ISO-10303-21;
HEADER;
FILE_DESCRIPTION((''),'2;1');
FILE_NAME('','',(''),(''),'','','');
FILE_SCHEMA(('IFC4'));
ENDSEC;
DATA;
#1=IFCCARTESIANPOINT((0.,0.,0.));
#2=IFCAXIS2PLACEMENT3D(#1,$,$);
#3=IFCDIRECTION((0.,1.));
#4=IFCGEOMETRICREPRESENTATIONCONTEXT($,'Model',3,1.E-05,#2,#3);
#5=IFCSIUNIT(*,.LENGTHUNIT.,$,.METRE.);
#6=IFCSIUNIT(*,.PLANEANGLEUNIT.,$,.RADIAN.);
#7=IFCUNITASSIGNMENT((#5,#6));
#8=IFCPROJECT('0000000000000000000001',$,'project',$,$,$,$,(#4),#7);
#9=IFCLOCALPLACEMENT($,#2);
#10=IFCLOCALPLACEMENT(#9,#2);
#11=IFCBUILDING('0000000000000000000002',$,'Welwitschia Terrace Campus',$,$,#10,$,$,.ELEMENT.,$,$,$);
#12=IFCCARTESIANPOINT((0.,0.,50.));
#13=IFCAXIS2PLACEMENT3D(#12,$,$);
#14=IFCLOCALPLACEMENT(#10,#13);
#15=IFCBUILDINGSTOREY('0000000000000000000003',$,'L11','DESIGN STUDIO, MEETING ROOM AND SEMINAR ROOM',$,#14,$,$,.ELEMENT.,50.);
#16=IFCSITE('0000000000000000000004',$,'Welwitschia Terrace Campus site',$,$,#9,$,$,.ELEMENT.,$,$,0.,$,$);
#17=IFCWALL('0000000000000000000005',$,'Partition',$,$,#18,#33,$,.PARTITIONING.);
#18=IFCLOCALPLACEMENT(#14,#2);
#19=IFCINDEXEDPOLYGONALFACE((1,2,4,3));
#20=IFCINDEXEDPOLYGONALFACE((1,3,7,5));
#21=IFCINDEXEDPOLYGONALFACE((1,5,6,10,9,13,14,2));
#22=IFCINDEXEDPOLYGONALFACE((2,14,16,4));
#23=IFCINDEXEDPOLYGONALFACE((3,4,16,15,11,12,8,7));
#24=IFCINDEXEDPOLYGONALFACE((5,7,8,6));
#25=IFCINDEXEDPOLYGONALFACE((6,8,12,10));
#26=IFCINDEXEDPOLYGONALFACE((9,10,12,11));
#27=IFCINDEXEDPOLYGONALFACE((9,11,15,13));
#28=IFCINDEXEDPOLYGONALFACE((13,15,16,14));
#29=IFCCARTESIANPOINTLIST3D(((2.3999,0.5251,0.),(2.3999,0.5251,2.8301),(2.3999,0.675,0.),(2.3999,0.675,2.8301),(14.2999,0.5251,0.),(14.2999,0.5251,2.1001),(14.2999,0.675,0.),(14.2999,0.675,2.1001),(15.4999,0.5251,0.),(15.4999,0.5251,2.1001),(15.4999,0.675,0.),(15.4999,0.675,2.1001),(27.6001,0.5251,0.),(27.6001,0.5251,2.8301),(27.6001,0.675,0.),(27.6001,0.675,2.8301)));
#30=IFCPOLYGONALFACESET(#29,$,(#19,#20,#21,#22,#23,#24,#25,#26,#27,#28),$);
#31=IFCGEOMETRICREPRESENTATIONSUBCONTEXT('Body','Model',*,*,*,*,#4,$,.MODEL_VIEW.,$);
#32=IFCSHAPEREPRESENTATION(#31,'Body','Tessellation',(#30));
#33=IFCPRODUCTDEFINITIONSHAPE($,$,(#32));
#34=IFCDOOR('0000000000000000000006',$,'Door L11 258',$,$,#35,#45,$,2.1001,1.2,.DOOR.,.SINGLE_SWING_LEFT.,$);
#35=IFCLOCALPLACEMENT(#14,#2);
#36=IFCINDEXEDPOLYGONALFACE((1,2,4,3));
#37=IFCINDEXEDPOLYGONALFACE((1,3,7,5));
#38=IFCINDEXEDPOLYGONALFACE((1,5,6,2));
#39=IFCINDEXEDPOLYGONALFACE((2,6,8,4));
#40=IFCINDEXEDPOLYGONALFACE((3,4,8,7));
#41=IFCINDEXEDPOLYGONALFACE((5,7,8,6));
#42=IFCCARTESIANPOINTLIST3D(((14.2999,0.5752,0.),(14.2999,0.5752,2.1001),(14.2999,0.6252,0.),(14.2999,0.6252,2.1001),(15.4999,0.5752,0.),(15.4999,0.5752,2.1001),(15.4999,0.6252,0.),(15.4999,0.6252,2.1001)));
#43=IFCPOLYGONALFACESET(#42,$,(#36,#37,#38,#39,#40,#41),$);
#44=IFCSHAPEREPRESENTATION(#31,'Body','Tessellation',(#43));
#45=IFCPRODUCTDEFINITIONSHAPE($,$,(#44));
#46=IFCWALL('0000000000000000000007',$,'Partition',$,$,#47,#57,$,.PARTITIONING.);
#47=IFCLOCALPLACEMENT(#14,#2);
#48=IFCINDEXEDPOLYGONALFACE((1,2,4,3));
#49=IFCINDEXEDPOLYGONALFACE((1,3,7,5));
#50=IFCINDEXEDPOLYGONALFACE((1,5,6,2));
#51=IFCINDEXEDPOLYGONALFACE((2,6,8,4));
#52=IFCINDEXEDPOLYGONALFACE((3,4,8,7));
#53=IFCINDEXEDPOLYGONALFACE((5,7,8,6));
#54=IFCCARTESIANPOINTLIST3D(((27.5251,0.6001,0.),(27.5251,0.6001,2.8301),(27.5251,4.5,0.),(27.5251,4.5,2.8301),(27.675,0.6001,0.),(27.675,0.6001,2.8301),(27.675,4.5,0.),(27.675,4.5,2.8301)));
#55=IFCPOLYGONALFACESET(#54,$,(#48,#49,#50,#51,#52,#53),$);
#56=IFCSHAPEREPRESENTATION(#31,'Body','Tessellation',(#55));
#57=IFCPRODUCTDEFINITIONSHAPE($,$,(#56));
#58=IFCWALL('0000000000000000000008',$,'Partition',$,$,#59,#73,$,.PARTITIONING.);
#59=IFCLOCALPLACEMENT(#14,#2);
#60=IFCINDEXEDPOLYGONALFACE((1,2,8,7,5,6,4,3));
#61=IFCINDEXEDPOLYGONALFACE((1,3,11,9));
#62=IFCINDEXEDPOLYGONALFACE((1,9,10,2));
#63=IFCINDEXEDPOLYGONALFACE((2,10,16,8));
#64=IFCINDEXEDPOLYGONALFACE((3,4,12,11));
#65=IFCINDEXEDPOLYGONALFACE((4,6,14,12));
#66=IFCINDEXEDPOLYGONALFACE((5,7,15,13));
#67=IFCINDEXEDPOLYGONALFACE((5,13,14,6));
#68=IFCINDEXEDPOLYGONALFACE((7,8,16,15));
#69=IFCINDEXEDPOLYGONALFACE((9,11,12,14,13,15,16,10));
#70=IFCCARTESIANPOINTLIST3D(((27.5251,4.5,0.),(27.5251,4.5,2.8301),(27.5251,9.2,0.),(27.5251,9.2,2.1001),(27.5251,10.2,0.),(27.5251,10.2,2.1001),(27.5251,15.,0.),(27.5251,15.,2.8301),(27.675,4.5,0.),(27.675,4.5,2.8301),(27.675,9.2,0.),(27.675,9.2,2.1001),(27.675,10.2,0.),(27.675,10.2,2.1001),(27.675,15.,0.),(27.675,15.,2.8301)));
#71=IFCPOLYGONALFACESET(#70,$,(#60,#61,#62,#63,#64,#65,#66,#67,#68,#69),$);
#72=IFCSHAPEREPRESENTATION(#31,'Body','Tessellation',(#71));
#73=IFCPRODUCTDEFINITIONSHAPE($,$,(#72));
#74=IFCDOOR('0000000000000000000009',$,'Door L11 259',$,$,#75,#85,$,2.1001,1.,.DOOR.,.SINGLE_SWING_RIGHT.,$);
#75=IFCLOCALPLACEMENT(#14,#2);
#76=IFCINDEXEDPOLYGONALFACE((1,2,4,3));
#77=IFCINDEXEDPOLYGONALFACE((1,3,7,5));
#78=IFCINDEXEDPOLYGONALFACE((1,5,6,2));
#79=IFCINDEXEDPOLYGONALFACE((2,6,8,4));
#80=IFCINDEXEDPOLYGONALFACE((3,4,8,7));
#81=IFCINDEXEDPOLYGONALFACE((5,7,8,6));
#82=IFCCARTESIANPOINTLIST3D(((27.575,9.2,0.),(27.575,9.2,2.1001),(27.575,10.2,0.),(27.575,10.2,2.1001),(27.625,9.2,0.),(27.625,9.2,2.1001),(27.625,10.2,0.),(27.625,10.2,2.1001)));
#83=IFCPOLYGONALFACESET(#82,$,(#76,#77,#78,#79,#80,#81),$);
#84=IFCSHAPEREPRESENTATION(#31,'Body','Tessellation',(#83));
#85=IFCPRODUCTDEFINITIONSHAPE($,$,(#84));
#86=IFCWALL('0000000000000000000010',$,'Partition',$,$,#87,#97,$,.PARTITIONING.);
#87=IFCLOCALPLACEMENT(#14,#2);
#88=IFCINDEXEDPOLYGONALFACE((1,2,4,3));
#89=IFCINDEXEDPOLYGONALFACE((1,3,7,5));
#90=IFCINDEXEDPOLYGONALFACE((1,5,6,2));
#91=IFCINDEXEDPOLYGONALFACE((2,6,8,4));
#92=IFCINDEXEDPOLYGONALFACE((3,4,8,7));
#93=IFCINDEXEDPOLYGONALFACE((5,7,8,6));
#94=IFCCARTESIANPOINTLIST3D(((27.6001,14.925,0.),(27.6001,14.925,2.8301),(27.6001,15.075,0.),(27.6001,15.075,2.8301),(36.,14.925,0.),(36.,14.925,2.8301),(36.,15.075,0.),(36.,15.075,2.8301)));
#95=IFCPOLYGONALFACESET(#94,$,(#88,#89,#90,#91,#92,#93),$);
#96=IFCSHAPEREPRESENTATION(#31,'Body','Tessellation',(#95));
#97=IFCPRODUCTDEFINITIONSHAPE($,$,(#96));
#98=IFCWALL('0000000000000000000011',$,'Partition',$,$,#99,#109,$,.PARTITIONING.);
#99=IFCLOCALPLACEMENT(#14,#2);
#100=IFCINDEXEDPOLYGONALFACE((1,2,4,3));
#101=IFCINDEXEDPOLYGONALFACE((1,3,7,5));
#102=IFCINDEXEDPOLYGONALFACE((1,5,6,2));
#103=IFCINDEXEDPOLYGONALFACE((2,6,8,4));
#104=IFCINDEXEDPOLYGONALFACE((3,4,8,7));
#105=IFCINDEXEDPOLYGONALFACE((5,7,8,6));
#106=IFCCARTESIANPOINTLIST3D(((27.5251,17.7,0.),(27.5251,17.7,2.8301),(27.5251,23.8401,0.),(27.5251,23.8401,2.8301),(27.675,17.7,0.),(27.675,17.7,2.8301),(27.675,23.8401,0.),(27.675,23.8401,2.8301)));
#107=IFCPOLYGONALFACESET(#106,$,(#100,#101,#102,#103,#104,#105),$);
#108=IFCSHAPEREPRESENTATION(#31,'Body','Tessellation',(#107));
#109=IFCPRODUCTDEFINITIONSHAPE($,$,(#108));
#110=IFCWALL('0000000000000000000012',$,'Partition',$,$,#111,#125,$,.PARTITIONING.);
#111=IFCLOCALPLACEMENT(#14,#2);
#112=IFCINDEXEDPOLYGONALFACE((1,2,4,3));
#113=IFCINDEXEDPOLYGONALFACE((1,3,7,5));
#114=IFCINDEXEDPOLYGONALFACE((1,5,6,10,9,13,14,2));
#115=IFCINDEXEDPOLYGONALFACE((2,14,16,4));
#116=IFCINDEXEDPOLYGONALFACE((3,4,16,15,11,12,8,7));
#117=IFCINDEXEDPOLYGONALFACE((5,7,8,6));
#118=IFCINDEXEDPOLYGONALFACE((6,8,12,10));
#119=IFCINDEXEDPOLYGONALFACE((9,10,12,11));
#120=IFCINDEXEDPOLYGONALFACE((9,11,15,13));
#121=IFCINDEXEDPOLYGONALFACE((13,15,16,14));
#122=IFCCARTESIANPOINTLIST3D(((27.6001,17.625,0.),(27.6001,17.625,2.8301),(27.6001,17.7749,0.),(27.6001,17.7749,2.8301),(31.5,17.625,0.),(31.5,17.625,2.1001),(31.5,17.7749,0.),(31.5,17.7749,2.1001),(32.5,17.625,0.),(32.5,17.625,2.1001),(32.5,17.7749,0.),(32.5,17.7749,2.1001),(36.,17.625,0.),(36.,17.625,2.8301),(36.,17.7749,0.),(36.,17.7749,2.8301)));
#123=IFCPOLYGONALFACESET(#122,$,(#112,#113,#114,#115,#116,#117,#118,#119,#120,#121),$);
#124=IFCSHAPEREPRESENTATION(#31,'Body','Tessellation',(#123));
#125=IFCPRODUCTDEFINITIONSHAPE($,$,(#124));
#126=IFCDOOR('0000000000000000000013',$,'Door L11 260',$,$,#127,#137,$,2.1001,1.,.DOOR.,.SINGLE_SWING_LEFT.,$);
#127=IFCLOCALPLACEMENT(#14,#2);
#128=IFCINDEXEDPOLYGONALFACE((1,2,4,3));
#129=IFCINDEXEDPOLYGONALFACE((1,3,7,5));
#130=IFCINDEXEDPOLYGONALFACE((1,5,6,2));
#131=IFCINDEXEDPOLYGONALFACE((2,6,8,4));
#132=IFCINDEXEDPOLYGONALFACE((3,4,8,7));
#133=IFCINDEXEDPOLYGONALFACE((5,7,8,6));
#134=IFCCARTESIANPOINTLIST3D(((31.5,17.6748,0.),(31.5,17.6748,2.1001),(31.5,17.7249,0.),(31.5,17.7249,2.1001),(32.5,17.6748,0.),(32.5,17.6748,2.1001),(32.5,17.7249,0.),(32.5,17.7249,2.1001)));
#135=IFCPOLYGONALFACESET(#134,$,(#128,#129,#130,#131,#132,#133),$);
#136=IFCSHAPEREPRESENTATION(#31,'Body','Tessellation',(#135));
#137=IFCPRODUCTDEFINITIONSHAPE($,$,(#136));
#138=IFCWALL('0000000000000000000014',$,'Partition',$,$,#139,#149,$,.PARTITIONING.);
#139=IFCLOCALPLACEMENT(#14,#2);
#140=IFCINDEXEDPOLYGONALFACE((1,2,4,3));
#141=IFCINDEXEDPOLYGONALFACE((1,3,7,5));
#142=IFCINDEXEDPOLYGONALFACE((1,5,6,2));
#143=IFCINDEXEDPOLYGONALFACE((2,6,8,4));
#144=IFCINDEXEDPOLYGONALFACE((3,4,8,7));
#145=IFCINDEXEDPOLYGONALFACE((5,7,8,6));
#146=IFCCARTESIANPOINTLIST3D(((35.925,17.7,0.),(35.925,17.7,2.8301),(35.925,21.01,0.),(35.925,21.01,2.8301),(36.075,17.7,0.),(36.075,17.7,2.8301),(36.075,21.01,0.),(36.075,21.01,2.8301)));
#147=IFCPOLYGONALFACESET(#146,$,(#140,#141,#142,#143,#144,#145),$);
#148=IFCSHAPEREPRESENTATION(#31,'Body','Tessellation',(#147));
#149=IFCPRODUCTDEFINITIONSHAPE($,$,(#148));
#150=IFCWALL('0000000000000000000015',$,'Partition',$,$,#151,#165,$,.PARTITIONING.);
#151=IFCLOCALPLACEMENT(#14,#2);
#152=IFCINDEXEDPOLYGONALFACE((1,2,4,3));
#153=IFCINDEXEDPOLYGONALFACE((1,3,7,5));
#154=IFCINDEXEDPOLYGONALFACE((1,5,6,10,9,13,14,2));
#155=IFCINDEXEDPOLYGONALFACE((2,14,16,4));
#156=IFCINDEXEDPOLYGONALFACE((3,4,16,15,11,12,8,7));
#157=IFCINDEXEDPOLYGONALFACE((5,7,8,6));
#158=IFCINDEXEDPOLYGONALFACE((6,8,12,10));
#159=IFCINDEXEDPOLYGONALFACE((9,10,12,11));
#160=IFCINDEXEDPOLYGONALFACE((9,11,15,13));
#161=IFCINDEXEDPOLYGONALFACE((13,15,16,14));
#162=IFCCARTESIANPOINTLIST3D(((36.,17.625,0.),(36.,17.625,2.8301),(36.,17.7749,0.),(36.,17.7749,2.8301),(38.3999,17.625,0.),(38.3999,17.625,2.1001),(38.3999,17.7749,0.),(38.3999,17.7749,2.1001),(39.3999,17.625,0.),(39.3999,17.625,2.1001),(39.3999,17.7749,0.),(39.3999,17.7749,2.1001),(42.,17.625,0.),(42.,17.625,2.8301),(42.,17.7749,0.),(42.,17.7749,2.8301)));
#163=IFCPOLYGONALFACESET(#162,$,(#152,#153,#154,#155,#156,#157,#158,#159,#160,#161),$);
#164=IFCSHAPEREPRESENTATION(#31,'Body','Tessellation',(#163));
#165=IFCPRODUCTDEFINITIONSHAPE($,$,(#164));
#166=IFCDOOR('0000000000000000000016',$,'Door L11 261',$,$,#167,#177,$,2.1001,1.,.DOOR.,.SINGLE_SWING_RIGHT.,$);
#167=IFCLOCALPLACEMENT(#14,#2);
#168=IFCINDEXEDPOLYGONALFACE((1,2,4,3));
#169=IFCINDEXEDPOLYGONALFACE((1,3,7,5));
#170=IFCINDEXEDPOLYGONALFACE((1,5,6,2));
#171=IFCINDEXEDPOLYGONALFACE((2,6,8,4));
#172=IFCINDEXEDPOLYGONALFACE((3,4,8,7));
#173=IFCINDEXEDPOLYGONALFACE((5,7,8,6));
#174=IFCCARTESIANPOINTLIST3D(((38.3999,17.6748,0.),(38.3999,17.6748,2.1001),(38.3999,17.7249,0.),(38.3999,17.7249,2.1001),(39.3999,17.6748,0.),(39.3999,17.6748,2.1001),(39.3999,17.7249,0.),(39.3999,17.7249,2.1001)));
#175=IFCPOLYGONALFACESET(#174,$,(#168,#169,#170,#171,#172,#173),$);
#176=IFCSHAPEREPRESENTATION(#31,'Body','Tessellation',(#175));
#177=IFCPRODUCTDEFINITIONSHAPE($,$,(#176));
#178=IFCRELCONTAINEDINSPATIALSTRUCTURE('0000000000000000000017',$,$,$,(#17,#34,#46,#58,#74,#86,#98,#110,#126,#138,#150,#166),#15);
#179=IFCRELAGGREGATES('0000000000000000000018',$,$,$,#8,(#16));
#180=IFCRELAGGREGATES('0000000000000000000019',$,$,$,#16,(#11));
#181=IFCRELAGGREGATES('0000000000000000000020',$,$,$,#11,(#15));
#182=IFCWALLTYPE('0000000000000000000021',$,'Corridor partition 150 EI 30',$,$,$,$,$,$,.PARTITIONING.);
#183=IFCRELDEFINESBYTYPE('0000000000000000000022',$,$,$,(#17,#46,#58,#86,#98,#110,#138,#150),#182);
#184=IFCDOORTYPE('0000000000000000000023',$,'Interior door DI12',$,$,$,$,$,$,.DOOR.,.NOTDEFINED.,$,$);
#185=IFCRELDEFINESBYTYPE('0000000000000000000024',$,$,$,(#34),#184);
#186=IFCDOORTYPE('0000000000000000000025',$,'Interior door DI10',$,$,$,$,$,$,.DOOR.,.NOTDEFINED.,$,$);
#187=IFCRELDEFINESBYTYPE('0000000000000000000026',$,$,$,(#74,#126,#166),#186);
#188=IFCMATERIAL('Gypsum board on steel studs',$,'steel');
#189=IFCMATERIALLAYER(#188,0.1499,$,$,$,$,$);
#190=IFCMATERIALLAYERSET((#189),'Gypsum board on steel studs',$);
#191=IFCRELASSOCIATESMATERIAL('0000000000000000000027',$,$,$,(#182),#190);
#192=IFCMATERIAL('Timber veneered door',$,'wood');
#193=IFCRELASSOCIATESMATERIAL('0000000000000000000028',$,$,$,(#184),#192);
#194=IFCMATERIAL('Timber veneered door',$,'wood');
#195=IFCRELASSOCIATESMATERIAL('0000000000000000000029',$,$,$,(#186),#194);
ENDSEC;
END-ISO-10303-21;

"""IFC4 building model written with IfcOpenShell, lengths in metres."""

from ifc_helpers import new_model, si_unit, direction, frame, frame_2d, origin, place, context, subcontext, project, spatial, rectangle, extrude, material, layer, layer_set, type_object, element, fill, save


model = new_model("IFC4")

# Units and contexts
model_context = context("Model", 3, precision=1e-05, world=origin(), true_north=direction((0.0, 1.0)))
body_context = subcontext(model_context, "Body", "Model", "MODEL_VIEW")
ifc_project = project(units=[si_unit("LENGTHUNIT", "METRE"), si_unit("PLANEANGLEUNIT", "RADIAN")], contexts=[model_context])

# Site, building, storey
site_placement = place(None, origin())
site = spatial("IfcSite", under=ifc_project, at=site_placement, Name="Welwitschia Terrace Campus site", CompositionType="ELEMENT", RefElevation=0.0)
building_placement = place(site_placement, origin())
building = spatial("IfcBuilding", under=site, at=building_placement, Name="Welwitschia Terrace Campus", CompositionType="ELEMENT")
storey_placement = place(building_placement, frame((0.0, 0.0, 50.0)))
storey = spatial("IfcBuildingStorey", under=building, at=storey_placement, Name="L11", Description="DESIGN STUDIO, MEETING ROOM AND SEMINAR ROOM", CompositionType="ELEMENT", Elevation=50.0)

# Shared definitions
ifc_material_1 = material(Name="Gypsum board on steel studs", Category="steel")
ifc_layer = layer(ifc_material_1, 0.1499)
ifc_layer_set = layer_set([ifc_layer], Name="Gypsum board on steel studs")
wall_type = type_object("IfcWallType", Name="Corridor partition 150 EI 30", PredefinedType="PARTITIONING", material=ifc_layer_set)

# Wall, opening, door
wall_1_placement = place(storey_placement, frame((27.6001, 0.6001, 0.0), z_axis=(0.0, 0.0, 1.0), x_axis=(-1.0, 0.0, 0.0)))
wall_1 = element("IfcWall", 1, at=wall_1_placement, inside=storey, type_object=wall_type, Name="Partition", PredefinedType="PARTITIONING", context=body_context, shape_type="SweptSolid", body=[
    extrude(rectangle(XDim=25.2002, YDim=0.1499, at=frame_2d((12.6001, 0.0))), origin(), (0.0, 0.0, 1.0), 2.8301),
])
opening_1_placement = place(wall_1_placement, frame((12.1001, 0.0, 0.0)))
opening_1 = element("IfcOpeningElement", 2, at=opening_1_placement, cuts=wall_1, PredefinedType="OPENING", context=body_context, shape_type="SweptSolid", body=[
    extrude(rectangle(XDim=1.2, YDim=2.1001, at=frame_2d((0.6001, 1.05))), frame((0.0, 0.085, 0.0), z_axis=(0.0, -1.0, 0.0), x_axis=(1.0, 0.0, 0.0)), (0.0, 0.0, 1.0), 0.1699),
])
ifc_material_2 = material(Name="Timber veneered door", Category="wood")
door_type_1 = type_object("IfcDoorType", Name="Interior door DI12", OperationType="NOTDEFINED", PredefinedType="DOOR", material=ifc_material_2)
door_1_placement = place(opening_1_placement, origin())
door_1 = element("IfcDoor", 3, at=door_1_placement, inside=storey, type_object=door_type_1, Name="Door L11 258", OperationType="SINGLE_SWING_LEFT", OverallHeight=2.1001, OverallWidth=1.2, PredefinedType="DOOR", context=body_context, shape_type="SweptSolid", body=[
    extrude(rectangle(XDim=1.2, YDim=2.1001, at=frame_2d((0.6001, 1.05))), frame((0.0, 0.0249, 0.0), z_axis=(0.0, -1.0, 0.0), x_axis=(1.0, 0.0, 0.0)), (0.0, 0.0, 1.0), 0.05),
])
fill(opening_1, door_1)

# Wall
wall_2_placement = place(storey_placement, frame((27.6001, 0.6001, 0.0), z_axis=(0.0, 0.0, 1.0), x_axis=(0.0, 1.0, 0.0)))
element("IfcWall", 4, at=wall_2_placement, inside=storey, type_object=wall_type, Name="Partition", PredefinedType="PARTITIONING", context=body_context, shape_type="SweptSolid", body=[
    extrude(rectangle(XDim=3.8999, YDim=0.1499, at=frame_2d((1.95, 0.0))), origin(), (0.0, 0.0, 1.0), 2.8301),
])

# Wall, opening, door
wall_3_placement = place(storey_placement, frame((27.6001, 15.0, 0.0), z_axis=(0.0, 0.0, 1.0), x_axis=(0.0, -1.0, 0.0)))
wall_3 = element("IfcWall", 5, at=wall_3_placement, inside=storey, type_object=wall_type, Name="Partition", PredefinedType="PARTITIONING", context=body_context, shape_type="SweptSolid", body=[
    extrude(rectangle(XDim=10.5, YDim=0.1499, at=frame_2d((5.25, 0.0))), origin(), (0.0, 0.0, 1.0), 2.8301),
])
opening_2_placement = place(wall_3_placement, frame((4.8, 0.0, 0.0)))
opening_2 = element("IfcOpeningElement", 6, at=opening_2_placement, cuts=wall_3, PredefinedType="OPENING", context=body_context, shape_type="SweptSolid", body=[
    extrude(rectangle(XDim=1.0, YDim=2.1001, at=frame_2d((0.5, 1.05))), frame((0.0, 0.085, 0.0), z_axis=(0.0, -1.0, 0.0), x_axis=(1.0, 0.0, 0.0)), (0.0, 0.0, 1.0), 0.1699),
])
ifc_material_3 = material(Name="Timber veneered door", Category="wood")
door_type_2 = type_object("IfcDoorType", Name="Interior door DI10", OperationType="NOTDEFINED", PredefinedType="DOOR", material=ifc_material_3)
door_2_placement = place(opening_2_placement, origin())
door_2 = element("IfcDoor", 7, at=door_2_placement, inside=storey, type_object=door_type_2, Name="Door L11 259", OperationType="SINGLE_SWING_RIGHT", OverallHeight=2.1001, OverallWidth=1.0, PredefinedType="DOOR", context=body_context, shape_type="SweptSolid", body=[
    extrude(rectangle(XDim=1.0, YDim=2.1001, at=frame_2d((0.5, 1.05))), frame((0.0, 0.0249, 0.0), z_axis=(0.0, -1.0, 0.0), x_axis=(1.0, 0.0, 0.0)), (0.0, 0.0, 1.0), 0.05),
])
fill(opening_2, door_2)

# Walls
wall_4_placement = place(storey_placement, frame((27.6001, 15.0, 0.0), z_axis=(0.0, 0.0, 1.0), x_axis=(1.0, 0.0, 0.0)))
element("IfcWall", 8, at=wall_4_placement, inside=storey, type_object=wall_type, Name="Partition", PredefinedType="PARTITIONING", context=body_context, shape_type="SweptSolid", body=[
    extrude(rectangle(XDim=8.3999, YDim=0.1499, at=frame_2d((4.2, 0.0))), origin(), (0.0, 0.0, 1.0), 2.8301),
])
wall_5_placement = place(storey_placement, frame((27.6001, 17.7, 0.0), z_axis=(0.0, 0.0, 1.0), x_axis=(0.0, 1.0, 0.0)))
element("IfcWall", 9, at=wall_5_placement, inside=storey, type_object=wall_type, Name="Partition", PredefinedType="PARTITIONING", context=body_context, shape_type="SweptSolid", body=[
    extrude(rectangle(XDim=6.1401, YDim=0.1499, at=frame_2d((3.0701, 0.0))), origin(), (0.0, 0.0, 1.0), 2.8301),
])

# Wall, opening, door
wall_6_placement = place(storey_placement, frame((27.6001, 17.7, 0.0), z_axis=(0.0, 0.0, 1.0), x_axis=(1.0, 0.0, 0.0)))
wall_6 = element("IfcWall", 10, at=wall_6_placement, inside=storey, type_object=wall_type, Name="Partition", PredefinedType="PARTITIONING", context=body_context, shape_type="SweptSolid", body=[
    extrude(rectangle(XDim=8.3999, YDim=0.1499, at=frame_2d((4.2, 0.0))), origin(), (0.0, 0.0, 1.0), 2.8301),
])
opening_3_placement = place(wall_6_placement, frame((3.8999, 0.0, 0.0)))
opening_3 = element("IfcOpeningElement", 11, at=opening_3_placement, cuts=wall_6, PredefinedType="OPENING", context=body_context, shape_type="SweptSolid", body=[
    extrude(rectangle(XDim=1.0, YDim=2.1001, at=frame_2d((0.5, 1.05))), frame((0.0, 0.085, 0.0), z_axis=(0.0, -1.0, 0.0), x_axis=(1.0, 0.0, 0.0)), (0.0, 0.0, 1.0), 0.1699),
])
door_3_placement = place(opening_3_placement, origin())
door_3 = element("IfcDoor", 12, at=door_3_placement, inside=storey, type_object=door_type_2, Name="Door L11 260", OperationType="SINGLE_SWING_LEFT", OverallHeight=2.1001, OverallWidth=1.0, PredefinedType="DOOR", context=body_context, shape_type="SweptSolid", body=[
    extrude(rectangle(XDim=1.0, YDim=2.1001, at=frame_2d((0.5, 1.05))), frame((0.0, 0.0249, 0.0), z_axis=(0.0, -1.0, 0.0), x_axis=(1.0, 0.0, 0.0)), (0.0, 0.0, 1.0), 0.05),
])
fill(opening_3, door_3)

# Wall
wall_7_placement = place(storey_placement, frame((36.0, 17.7, 0.0), z_axis=(0.0, 0.0, 1.0), x_axis=(0.0, 1.0, 0.0)))
element("IfcWall", 13, at=wall_7_placement, inside=storey, type_object=wall_type, Name="Partition", PredefinedType="PARTITIONING", context=body_context, shape_type="SweptSolid", body=[
    extrude(rectangle(XDim=3.3101, YDim=0.1499, at=frame_2d((1.655, 0.0))), origin(), (0.0, 0.0, 1.0), 2.8301),
])

# Wall, opening, door
wall_8_placement = place(storey_placement, frame((36.0, 17.7, 0.0), z_axis=(0.0, 0.0, 1.0), x_axis=(1.0, 0.0, 0.0)))
wall_8 = element("IfcWall", 14, at=wall_8_placement, inside=storey, type_object=wall_type, Name="Partition", PredefinedType="PARTITIONING", context=body_context, shape_type="SweptSolid", body=[
    extrude(rectangle(XDim=6.0, YDim=0.1499, at=frame_2d((3.0, 0.0))), origin(), (0.0, 0.0, 1.0), 2.8301),
])
opening_4_placement = place(wall_8_placement, frame((2.3999, 0.0, 0.0)))
opening_4 = element("IfcOpeningElement", 15, at=opening_4_placement, cuts=wall_8, PredefinedType="OPENING", context=body_context, shape_type="SweptSolid", body=[
    extrude(rectangle(XDim=1.0, YDim=2.1001, at=frame_2d((0.5, 1.05))), frame((0.0, 0.085, 0.0), z_axis=(0.0, -1.0, 0.0), x_axis=(1.0, 0.0, 0.0)), (0.0, 0.0, 1.0), 0.1699),
])
door_4_placement = place(opening_4_placement, origin())
door_4 = element("IfcDoor", 16, at=door_4_placement, inside=storey, type_object=door_type_2, Name="Door L11 261", OperationType="SINGLE_SWING_RIGHT", OverallHeight=2.1001, OverallWidth=1.0, PredefinedType="DOOR", context=body_context, shape_type="SweptSolid", body=[
    extrude(rectangle(XDim=1.0, YDim=2.1001, at=frame_2d((0.5, 1.05))), frame((0.0, 0.0249, 0.0), z_axis=(0.0, -1.0, 0.0), x_axis=(1.0, 0.0, 0.0)), (0.0, 0.0, 1.0), 0.05),
])
fill(opening_4, door_4)

save(model, "model.ifc")
